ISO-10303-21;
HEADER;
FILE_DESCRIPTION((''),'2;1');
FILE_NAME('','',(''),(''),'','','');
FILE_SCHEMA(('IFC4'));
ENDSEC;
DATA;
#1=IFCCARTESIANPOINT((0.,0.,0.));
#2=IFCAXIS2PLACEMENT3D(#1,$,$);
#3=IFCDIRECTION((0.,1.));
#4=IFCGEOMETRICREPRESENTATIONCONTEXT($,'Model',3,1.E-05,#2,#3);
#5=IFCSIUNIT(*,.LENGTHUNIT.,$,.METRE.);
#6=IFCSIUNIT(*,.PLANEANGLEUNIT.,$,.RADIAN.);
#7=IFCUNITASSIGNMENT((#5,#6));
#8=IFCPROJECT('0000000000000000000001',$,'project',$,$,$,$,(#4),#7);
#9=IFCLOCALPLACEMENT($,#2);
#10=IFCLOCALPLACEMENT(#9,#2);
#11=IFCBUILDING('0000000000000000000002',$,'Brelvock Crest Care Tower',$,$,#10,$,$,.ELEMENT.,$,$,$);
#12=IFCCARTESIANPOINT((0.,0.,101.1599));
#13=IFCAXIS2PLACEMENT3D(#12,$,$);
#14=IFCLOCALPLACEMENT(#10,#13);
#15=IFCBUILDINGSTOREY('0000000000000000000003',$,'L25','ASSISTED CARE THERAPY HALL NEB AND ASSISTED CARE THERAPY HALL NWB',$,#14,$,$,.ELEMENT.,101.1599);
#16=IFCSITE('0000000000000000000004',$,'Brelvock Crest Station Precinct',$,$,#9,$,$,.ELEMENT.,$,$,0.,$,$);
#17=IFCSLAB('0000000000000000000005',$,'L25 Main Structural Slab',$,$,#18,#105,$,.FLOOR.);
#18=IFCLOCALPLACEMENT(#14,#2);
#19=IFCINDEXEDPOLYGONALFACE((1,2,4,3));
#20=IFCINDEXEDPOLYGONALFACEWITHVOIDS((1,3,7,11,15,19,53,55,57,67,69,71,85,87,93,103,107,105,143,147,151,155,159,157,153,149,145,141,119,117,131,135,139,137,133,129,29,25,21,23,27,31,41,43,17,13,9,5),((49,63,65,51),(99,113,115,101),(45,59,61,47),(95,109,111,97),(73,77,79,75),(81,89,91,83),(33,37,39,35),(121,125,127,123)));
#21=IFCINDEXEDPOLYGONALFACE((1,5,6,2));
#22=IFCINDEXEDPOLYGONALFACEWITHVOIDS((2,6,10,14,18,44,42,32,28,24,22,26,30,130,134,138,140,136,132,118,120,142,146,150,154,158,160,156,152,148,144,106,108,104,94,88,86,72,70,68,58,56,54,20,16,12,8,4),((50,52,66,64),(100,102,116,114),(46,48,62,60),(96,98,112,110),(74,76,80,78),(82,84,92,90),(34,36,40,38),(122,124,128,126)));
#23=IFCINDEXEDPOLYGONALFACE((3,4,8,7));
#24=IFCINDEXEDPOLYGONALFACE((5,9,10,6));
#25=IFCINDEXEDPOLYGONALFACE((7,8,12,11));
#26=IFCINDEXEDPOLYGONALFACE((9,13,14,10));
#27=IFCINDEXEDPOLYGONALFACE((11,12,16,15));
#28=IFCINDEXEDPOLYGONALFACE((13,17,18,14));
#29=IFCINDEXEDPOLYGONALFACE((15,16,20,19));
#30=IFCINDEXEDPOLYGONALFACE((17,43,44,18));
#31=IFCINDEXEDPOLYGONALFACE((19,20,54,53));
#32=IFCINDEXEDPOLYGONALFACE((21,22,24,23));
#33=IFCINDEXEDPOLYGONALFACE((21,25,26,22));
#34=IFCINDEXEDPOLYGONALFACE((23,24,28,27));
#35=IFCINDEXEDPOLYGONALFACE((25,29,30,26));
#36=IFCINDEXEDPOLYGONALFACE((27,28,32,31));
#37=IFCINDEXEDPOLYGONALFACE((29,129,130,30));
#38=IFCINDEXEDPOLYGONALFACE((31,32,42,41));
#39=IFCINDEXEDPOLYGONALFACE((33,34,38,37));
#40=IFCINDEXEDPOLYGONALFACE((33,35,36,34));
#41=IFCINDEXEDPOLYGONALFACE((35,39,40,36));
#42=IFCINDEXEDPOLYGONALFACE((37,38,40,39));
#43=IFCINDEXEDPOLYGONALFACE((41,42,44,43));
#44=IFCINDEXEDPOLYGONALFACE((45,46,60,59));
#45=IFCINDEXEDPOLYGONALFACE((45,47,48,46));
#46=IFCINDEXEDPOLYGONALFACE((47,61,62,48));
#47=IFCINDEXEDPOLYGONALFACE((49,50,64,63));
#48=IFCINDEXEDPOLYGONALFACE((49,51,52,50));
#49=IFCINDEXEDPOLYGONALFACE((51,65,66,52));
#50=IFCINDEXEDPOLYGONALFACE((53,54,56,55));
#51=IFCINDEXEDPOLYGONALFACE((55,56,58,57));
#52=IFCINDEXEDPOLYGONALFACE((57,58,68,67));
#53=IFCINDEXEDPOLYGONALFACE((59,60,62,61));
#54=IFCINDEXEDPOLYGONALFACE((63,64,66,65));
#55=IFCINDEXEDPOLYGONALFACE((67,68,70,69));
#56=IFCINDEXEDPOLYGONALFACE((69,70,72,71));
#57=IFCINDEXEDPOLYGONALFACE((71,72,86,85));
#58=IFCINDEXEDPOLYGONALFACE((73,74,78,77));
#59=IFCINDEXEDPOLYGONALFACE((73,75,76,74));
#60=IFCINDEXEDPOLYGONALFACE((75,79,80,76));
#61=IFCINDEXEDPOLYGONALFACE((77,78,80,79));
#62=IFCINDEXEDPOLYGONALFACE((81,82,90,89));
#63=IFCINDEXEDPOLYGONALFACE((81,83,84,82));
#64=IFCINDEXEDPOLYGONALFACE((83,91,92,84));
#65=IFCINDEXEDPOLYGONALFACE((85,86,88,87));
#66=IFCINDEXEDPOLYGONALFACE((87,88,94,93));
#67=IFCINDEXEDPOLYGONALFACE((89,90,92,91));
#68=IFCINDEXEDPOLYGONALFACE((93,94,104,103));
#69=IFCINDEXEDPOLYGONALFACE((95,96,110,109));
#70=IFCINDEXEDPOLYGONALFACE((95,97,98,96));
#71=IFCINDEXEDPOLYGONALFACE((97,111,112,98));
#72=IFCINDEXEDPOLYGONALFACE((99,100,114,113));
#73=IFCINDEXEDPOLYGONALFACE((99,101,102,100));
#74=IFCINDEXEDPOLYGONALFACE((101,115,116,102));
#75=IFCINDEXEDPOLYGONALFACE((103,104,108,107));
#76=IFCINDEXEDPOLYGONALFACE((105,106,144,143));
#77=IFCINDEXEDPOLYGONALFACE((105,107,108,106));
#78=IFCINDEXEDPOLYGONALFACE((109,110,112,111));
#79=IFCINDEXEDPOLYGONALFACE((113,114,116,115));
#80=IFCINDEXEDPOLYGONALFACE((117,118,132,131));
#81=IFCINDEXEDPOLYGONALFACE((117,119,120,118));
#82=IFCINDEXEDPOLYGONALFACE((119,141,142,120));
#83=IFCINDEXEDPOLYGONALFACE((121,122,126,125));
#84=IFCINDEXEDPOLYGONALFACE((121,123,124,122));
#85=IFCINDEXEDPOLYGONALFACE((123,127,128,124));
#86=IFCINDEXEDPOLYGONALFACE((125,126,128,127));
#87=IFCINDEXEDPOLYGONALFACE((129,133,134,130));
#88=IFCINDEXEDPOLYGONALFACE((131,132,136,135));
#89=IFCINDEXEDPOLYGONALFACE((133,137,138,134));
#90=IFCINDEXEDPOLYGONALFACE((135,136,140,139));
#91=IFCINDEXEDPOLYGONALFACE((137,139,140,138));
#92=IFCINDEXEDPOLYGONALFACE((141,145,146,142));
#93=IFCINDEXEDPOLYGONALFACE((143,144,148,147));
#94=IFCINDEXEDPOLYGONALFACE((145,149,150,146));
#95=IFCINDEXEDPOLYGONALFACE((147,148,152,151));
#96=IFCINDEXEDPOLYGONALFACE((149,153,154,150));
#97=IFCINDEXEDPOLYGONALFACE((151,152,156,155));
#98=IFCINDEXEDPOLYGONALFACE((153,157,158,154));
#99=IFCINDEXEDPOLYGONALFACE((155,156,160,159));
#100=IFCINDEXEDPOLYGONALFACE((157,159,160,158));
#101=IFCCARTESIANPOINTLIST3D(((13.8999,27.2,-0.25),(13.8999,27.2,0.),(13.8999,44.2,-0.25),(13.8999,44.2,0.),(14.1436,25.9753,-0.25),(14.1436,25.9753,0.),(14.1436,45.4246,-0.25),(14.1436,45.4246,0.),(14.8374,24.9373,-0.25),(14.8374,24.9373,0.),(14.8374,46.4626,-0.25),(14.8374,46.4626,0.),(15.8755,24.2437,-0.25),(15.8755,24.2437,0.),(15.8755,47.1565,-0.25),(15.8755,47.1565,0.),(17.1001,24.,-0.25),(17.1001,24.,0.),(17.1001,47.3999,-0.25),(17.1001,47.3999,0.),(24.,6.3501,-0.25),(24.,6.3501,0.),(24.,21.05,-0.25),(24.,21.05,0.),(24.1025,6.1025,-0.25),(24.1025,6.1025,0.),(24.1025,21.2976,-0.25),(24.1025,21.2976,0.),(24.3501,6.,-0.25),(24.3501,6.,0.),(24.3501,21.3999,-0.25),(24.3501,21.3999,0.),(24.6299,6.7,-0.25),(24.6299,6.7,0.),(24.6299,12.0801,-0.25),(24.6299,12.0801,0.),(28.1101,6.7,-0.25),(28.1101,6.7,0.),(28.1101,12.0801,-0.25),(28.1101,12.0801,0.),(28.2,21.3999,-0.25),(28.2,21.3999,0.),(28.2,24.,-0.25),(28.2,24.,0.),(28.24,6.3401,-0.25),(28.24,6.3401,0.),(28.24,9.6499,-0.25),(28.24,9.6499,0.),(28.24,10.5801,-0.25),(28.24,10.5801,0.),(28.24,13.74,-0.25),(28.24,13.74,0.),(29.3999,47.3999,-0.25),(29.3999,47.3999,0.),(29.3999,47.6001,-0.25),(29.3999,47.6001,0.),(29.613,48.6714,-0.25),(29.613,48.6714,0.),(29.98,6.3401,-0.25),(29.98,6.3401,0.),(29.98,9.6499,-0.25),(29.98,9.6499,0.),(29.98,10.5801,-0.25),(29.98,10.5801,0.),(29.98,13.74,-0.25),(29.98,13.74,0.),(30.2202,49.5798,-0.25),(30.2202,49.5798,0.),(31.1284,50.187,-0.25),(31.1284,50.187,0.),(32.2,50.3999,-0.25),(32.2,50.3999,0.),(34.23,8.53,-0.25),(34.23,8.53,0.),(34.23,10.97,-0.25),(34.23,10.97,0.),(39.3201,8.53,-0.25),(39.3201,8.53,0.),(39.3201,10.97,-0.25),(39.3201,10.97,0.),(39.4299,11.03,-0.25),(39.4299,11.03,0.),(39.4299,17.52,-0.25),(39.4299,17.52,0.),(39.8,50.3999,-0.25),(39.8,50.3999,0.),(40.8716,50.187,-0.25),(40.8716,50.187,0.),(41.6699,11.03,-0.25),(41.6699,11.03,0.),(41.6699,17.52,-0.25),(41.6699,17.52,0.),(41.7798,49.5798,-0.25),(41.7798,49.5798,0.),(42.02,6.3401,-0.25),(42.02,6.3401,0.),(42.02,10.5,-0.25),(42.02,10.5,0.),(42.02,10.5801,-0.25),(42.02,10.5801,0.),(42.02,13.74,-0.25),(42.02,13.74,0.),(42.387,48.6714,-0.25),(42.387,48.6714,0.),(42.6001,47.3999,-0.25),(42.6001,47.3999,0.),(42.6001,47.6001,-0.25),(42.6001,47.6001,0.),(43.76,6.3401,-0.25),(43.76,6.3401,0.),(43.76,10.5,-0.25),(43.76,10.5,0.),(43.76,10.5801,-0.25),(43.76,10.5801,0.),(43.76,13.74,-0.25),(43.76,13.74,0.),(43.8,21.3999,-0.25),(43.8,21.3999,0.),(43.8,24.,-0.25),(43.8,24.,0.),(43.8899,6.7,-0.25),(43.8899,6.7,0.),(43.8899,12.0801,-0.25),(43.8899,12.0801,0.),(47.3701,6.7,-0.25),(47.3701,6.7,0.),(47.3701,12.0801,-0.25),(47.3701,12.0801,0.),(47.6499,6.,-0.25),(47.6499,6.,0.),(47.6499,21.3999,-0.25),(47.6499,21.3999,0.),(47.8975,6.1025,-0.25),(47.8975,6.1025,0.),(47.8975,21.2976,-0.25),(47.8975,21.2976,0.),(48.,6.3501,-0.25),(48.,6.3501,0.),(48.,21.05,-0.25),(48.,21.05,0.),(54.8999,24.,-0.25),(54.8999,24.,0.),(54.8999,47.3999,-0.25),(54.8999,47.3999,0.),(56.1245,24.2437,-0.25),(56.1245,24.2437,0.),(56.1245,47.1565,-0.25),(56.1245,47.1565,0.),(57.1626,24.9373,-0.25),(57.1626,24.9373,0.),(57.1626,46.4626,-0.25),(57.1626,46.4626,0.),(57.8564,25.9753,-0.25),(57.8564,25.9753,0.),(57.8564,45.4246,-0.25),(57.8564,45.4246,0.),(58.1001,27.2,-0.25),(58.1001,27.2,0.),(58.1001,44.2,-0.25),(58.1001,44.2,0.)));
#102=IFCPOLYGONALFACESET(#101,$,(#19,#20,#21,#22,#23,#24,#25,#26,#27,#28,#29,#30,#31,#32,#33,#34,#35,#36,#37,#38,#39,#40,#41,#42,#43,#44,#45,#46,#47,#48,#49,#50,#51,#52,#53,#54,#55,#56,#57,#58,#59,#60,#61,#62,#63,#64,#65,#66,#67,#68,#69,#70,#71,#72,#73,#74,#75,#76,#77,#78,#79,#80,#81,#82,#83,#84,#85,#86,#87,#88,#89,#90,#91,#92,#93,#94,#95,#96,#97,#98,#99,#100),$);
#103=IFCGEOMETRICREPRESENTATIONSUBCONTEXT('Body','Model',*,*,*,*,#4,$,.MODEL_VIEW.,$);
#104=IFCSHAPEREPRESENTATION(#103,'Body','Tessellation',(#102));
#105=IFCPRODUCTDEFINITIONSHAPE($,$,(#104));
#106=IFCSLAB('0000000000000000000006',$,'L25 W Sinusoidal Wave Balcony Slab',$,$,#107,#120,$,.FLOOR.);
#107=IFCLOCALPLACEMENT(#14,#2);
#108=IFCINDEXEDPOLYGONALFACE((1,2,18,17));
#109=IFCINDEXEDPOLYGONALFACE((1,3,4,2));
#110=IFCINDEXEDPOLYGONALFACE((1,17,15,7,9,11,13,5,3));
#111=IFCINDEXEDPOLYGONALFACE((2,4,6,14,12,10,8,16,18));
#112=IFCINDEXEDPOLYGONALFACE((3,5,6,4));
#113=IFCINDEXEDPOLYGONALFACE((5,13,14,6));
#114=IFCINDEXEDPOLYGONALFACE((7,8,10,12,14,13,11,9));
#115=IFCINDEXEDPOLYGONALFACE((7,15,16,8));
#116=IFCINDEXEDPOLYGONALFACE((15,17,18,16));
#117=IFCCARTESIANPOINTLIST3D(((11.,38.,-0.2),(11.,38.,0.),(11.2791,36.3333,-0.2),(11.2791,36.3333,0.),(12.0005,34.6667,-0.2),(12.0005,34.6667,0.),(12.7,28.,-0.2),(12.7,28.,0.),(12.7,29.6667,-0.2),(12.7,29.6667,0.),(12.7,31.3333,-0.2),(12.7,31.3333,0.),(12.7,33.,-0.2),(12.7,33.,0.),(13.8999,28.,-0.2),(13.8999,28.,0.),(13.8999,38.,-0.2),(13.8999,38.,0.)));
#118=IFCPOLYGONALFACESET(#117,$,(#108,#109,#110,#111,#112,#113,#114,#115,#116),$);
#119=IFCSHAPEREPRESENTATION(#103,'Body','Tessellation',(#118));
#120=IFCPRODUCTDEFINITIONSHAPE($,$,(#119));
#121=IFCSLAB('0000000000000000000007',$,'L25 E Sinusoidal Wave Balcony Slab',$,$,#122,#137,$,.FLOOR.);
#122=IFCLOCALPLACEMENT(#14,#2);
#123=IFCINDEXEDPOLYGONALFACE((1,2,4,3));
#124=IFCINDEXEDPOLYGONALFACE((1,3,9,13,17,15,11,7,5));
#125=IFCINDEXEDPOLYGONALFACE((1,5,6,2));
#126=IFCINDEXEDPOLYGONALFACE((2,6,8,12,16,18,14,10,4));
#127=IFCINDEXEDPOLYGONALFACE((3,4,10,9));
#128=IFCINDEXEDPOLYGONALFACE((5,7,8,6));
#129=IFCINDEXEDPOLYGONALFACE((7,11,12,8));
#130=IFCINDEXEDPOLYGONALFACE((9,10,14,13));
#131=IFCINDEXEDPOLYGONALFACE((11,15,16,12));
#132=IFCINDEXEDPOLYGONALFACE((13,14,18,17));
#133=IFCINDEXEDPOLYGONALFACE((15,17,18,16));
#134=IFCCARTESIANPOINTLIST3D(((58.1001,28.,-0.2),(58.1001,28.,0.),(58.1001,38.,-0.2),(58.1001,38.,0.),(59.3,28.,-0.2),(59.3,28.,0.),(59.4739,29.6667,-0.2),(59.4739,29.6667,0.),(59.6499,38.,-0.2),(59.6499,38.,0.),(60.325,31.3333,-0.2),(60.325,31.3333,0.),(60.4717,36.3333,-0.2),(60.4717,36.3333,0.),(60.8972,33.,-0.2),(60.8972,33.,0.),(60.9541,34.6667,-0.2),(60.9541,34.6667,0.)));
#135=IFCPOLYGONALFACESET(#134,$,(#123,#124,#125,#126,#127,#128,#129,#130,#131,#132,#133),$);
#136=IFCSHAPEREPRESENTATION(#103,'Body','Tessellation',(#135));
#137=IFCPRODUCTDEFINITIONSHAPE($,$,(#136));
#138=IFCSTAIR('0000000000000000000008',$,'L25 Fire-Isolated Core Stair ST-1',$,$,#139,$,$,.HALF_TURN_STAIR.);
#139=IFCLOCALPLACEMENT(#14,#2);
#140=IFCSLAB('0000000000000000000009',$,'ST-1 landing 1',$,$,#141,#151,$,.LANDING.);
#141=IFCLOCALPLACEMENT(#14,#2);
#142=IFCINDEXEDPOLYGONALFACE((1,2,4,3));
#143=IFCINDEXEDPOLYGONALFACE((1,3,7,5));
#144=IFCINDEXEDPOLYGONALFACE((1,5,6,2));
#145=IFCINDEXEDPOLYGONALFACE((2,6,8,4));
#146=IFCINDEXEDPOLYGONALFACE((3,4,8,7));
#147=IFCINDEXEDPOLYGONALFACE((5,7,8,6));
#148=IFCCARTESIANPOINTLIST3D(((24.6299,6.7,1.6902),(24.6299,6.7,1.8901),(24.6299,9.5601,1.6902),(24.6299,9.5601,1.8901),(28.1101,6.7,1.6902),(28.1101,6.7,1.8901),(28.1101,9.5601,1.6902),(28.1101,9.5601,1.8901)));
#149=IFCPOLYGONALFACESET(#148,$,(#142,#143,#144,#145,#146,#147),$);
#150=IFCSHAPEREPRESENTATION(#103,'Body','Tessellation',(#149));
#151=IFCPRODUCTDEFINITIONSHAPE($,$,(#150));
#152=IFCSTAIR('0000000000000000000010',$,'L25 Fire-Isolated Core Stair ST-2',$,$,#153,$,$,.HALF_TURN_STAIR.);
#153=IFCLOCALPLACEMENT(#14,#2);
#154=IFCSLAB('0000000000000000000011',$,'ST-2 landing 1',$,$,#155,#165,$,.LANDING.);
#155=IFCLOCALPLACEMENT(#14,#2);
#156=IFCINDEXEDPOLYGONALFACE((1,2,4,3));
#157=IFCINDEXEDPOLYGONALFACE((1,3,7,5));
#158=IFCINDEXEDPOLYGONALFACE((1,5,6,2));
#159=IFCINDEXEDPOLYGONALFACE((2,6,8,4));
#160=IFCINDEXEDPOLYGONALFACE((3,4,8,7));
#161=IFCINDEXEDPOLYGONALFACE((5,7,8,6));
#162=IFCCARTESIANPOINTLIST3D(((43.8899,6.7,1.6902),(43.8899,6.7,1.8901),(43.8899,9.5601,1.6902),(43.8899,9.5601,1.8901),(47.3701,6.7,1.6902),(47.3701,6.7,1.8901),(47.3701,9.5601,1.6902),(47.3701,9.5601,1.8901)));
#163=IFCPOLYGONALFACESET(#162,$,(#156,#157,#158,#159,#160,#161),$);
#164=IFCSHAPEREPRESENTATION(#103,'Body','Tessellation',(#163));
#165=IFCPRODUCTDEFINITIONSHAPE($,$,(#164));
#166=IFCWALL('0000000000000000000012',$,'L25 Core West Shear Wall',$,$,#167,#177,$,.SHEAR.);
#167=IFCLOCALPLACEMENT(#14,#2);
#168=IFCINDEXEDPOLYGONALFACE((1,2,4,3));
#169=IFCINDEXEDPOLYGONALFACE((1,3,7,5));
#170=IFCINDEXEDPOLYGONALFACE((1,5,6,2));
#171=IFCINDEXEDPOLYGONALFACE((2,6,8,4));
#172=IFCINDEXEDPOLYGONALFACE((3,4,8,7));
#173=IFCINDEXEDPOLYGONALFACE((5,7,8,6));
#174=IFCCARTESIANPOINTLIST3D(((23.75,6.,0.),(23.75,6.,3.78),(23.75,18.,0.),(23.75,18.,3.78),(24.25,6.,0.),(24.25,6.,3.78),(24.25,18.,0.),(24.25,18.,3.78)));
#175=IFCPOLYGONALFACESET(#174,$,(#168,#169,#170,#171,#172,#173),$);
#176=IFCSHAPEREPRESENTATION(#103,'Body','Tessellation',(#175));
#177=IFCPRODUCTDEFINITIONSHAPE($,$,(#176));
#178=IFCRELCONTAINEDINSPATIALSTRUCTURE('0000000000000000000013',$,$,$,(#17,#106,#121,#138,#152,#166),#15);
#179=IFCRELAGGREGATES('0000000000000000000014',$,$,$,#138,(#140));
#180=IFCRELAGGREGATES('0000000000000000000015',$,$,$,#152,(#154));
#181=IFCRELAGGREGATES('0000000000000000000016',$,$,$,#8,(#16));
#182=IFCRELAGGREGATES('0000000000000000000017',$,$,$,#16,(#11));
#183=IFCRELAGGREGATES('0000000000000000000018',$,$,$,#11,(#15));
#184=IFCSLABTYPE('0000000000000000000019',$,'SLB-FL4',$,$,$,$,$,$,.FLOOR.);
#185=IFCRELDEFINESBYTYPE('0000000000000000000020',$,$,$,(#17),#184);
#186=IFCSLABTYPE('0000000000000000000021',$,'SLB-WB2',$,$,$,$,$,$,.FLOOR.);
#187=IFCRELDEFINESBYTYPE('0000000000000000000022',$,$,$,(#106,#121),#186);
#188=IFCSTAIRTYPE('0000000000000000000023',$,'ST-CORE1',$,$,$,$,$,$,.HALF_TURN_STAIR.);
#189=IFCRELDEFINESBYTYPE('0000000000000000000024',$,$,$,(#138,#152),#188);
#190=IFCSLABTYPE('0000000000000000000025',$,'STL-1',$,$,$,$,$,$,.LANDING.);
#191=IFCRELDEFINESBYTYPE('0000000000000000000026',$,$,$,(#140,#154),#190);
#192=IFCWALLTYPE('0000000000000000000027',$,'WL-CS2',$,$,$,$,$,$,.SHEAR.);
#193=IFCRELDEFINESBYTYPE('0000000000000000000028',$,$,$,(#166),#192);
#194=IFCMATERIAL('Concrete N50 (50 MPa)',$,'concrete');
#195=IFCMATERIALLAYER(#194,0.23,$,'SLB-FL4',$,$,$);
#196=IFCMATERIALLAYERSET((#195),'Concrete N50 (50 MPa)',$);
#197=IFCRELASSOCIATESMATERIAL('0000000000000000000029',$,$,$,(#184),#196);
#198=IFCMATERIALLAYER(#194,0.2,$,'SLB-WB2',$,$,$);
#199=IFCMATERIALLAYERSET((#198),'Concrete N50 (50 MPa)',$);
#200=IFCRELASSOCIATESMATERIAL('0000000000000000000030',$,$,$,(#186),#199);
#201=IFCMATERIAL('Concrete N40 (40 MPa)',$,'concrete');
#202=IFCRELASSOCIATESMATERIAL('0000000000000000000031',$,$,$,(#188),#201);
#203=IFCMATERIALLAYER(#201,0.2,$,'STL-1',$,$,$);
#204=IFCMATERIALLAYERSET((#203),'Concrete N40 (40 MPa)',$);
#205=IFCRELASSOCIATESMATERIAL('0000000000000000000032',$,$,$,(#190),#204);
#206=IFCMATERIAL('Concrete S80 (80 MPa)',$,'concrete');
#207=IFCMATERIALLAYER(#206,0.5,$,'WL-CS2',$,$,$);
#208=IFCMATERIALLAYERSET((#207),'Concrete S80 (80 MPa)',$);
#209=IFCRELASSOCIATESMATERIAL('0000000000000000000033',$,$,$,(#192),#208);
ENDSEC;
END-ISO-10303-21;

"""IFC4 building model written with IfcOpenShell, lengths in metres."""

from ifc_helpers import new_model, si_unit, direction, frame, frame_2d, origin, place, context, subcontext, project, spatial, polyline, rectangle, outline, extrude, material, layer, layer_set, type_object, element, aggregate, save


model = new_model("IFC4")

# Units and contexts
model_context = context("Model", 3, precision=1e-05, world=origin(), true_north=direction((0.0, 1.0)))
body_context = subcontext(model_context, "Body", "Model", "MODEL_VIEW")
ifc_project = project(units=[si_unit("LENGTHUNIT", "METRE"), si_unit("PLANEANGLEUNIT", "RADIAN")], contexts=[model_context])

# Site, building, storey
site_placement = place(None, origin())
site = spatial("IfcSite", under=ifc_project, at=site_placement, Name="Brelvock Crest Station Precinct", CompositionType="ELEMENT", RefElevation=0.0)
building_placement = place(site_placement, origin())
building = spatial("IfcBuilding", under=site, at=building_placement, Name="Brelvock Crest Care Tower", CompositionType="ELEMENT")
storey_placement = place(building_placement, frame((0.0, 0.0, 101.1599)))
storey = spatial("IfcBuildingStorey", under=building, at=storey_placement, Name="L25", Description="ASSISTED CARE THERAPY HALL NEB AND ASSISTED CARE THERAPY HALL NWB", CompositionType="ELEMENT", Elevation=101.1599)

# Shared definitions
ifc_material_1 = material(Name="Concrete S80 (80 MPa)", Category="concrete")

# Slabs
ifc_material_2 = material(Name="Concrete N50 (50 MPa)", Category="concrete")
ifc_layer_1 = layer(ifc_material_2, 0.23, Name="SLB-FL4")
ifc_layer_set_1 = layer_set([ifc_layer_1], Name="Concrete N50 (50 MPa)")
slab_type_1 = type_object("IfcSlabType", Name="SLB-FL4", PredefinedType="FLOOR", material=ifc_layer_set_1)
slab_1_placement = place(storey_placement, frame((0.0, 0.0, -0.25)))
element("IfcSlab", 1, at=slab_1_placement, inside=storey, type_object=slab_type_1, Name="L25 Main Structural Slab", PredefinedType="FLOOR", context=body_context, shape_type="SweptSolid", body=[
    extrude(outline(polyline([(47.6499, 21.3999), (43.8, 21.3999), (43.8, 24.0), (54.8999, 24.0), (56.1245, 24.2437), (57.1626, 24.9373), (57.8564, 25.9753), (58.1001, 27.2), (58.1001, 44.2), (57.8564, 45.4246), (57.1626, 46.4626), (56.1245, 47.1565), (54.8999, 47.3999), (42.6001, 47.3999), (42.6001, 47.6001), (42.387, 48.6714), (41.7798, 49.5798), (40.8716, 50.187), (39.8, 50.3999), (32.2, 50.3999), (31.1284, 50.187), (30.2202, 49.5798), (29.613, 48.6714), (29.3999, 47.6001), (29.3999, 47.3999), (17.1001, 47.3999), (15.8755, 47.1565), (14.8374, 46.4626), (14.1436, 45.4246), (13.8999, 44.2), (13.8999, 27.2), (14.1436, 25.9753), (14.8374, 24.9373), (15.8755, 24.2437), (17.1001, 24.0), (28.2, 24.0), (28.2, 21.3999), (24.3501, 21.3999), (24.1025, 21.2976), (24.0, 21.05), (24.0, 6.3501), (24.1025, 6.1025), (24.3501, 6.0), (47.6499, 6.0), (47.8975, 6.1025), (48.0, 6.3501), (48.0, 21.05), (47.8975, 21.2976), (47.6499, 21.3999)]), holes=[polyline([(28.24, 10.5801), (29.98, 10.5801), (29.98, 13.74), (28.24, 13.74), (28.24, 10.5801)]), polyline([(42.02, 10.5801), (43.76, 10.5801), (43.76, 13.74), (42.02, 13.74), (42.02, 10.5801)]), polyline([(28.24, 6.3401), (29.98, 6.3401), (29.98, 9.6499), (28.24, 9.6499), (28.24, 6.3401)]), polyline([(24.6299, 12.0801), (24.6299, 6.7), (28.1101, 6.7), (28.1101, 12.0801), (24.6299, 12.0801)]), polyline([(43.8899, 12.0801), (43.8899, 6.7), (47.3701, 6.7), (47.3701, 12.0801), (43.8899, 12.0801)]), polyline([(42.02, 6.3401), (43.76, 6.3401), (43.76, 10.5), (42.02, 10.5), (42.02, 6.3401)]), polyline([(34.23, 8.53), (39.3201, 8.53), (39.3201, 10.97), (34.23, 10.97), (34.23, 8.53)]), polyline([(39.4299, 11.03), (41.6699, 11.03), (41.6699, 17.52), (39.4299, 17.52), (39.4299, 11.03)])]), origin(), (0.0, 0.0, 1.0), 0.25),
])
ifc_layer_2 = layer(ifc_material_2, 0.2, Name="SLB-WB2")
ifc_layer_set_2 = layer_set([ifc_layer_2], Name="Concrete N50 (50 MPa)")
slab_type_2 = type_object("IfcSlabType", Name="SLB-WB2", PredefinedType="FLOOR", material=ifc_layer_set_2)
slab_2_placement = place(storey_placement, frame((0.0, 0.0, -0.2)))
element("IfcSlab", 2, at=slab_2_placement, inside=storey, type_object=slab_type_2, Name="L25 W Sinusoidal Wave Balcony Slab", PredefinedType="FLOOR", context=body_context, shape_type="SweptSolid", body=[
    extrude(outline(polyline([(13.8999, 38.0), (11.0, 38.0), (11.2791, 36.3333), (12.0005, 34.6667), (12.7, 33.0), (12.7, 31.3333), (12.7, 29.6667), (12.7, 28.0), (13.8999, 28.0), (13.8999, 38.0)])), origin(), (0.0, 0.0, 1.0), 0.2),
])
slab_3_placement = place(storey_placement, frame((0.0, 0.0, -0.2)))
element("IfcSlab", 3, at=slab_3_placement, inside=storey, type_object=slab_type_2, Name="L25 E Sinusoidal Wave Balcony Slab", PredefinedType="FLOOR", context=body_context, shape_type="SweptSolid", body=[
    extrude(outline(polyline([(58.1001, 28.0), (59.3, 28.0), (59.4739, 29.6667), (60.325, 31.3333), (60.8972, 33.0), (60.9541, 34.6667), (60.4717, 36.3333), (59.6499, 38.0), (58.1001, 38.0), (58.1001, 28.0)])), origin(), (0.0, 0.0, 1.0), 0.2),
])

# Stairs, slabs
ifc_material_3 = material(Name="Concrete N40 (40 MPa)", Category="concrete")
stair_type = type_object("IfcStairType", Name="ST-CORE1", PredefinedType="HALF_TURN_STAIR", material=ifc_material_3)
stair_1_placement = place(storey_placement, origin())
stair_1 = element("IfcStair", 4, at=stair_1_placement, inside=storey, type_object=stair_type, Name="L25 Fire-Isolated Core Stair ST-1", PredefinedType="HALF_TURN_STAIR")
ifc_layer_3 = layer(ifc_material_3, 0.2, Name="STL-1")
ifc_layer_set_3 = layer_set([ifc_layer_3], Name="Concrete N40 (40 MPa)")
slab_type_3 = type_object("IfcSlabType", Name="STL-1", PredefinedType="LANDING", material=ifc_layer_set_3)
slab_4_placement = place(storey_placement, frame((0.0, 0.0, 1.6902)))
slab_4 = element("IfcSlab", 5, at=slab_4_placement, type_object=slab_type_3, Name="ST-1 landing 1", PredefinedType="LANDING", context=body_context, shape_type="SweptSolid", body=[
    extrude(outline(polyline([(24.6299, 9.5601), (24.6299, 6.7), (28.1101, 6.7), (28.1101, 9.5601), (24.6299, 9.5601)])), origin(), (0.0, 0.0, 1.0), 0.2),
])
aggregate(stair_1, [slab_4])
stair_2_placement = place(storey_placement, origin())
stair_2 = element("IfcStair", 6, at=stair_2_placement, inside=storey, type_object=stair_type, Name="L25 Fire-Isolated Core Stair ST-2", PredefinedType="HALF_TURN_STAIR")
slab_5_placement = place(storey_placement, frame((0.0, 0.0, 1.6902)))
slab_5 = element("IfcSlab", 7, at=slab_5_placement, type_object=slab_type_3, Name="ST-2 landing 1", PredefinedType="LANDING", context=body_context, shape_type="SweptSolid", body=[
    extrude(outline(polyline([(43.8899, 9.5601), (43.8899, 6.7), (47.3701, 6.7), (47.3701, 9.5601), (43.8899, 9.5601)])), origin(), (0.0, 0.0, 1.0), 0.2),
])
aggregate(stair_2, [slab_5])

# Wall
ifc_layer_4 = layer(ifc_material_1, 0.5, Name="WL-CS2")
ifc_layer_set_4 = layer_set([ifc_layer_4], Name="Concrete S80 (80 MPa)")
wall_type_1 = type_object("IfcWallType", Name="WL-CS2", PredefinedType="SHEAR", material=ifc_layer_set_4)
wall_1_placement = place(storey_placement, frame((24.0, 6.0, 0.0), z_axis=(0.0, 0.0, 1.0), x_axis=(0.0, 1.0, 0.0)))
element("IfcWall", 8, at=wall_1_placement, inside=storey, type_object=wall_type_1, Name="L25 Core West Shear Wall", PredefinedType="SHEAR", context=body_context, shape_type="SweptSolid", body=[
    extrude(rectangle(XDim=12.0, YDim=0.5, at=frame_2d((6.0, 0.0))), origin(), (0.0, 0.0, 1.0), 3.78),
])

save(model, "model.ifc")
